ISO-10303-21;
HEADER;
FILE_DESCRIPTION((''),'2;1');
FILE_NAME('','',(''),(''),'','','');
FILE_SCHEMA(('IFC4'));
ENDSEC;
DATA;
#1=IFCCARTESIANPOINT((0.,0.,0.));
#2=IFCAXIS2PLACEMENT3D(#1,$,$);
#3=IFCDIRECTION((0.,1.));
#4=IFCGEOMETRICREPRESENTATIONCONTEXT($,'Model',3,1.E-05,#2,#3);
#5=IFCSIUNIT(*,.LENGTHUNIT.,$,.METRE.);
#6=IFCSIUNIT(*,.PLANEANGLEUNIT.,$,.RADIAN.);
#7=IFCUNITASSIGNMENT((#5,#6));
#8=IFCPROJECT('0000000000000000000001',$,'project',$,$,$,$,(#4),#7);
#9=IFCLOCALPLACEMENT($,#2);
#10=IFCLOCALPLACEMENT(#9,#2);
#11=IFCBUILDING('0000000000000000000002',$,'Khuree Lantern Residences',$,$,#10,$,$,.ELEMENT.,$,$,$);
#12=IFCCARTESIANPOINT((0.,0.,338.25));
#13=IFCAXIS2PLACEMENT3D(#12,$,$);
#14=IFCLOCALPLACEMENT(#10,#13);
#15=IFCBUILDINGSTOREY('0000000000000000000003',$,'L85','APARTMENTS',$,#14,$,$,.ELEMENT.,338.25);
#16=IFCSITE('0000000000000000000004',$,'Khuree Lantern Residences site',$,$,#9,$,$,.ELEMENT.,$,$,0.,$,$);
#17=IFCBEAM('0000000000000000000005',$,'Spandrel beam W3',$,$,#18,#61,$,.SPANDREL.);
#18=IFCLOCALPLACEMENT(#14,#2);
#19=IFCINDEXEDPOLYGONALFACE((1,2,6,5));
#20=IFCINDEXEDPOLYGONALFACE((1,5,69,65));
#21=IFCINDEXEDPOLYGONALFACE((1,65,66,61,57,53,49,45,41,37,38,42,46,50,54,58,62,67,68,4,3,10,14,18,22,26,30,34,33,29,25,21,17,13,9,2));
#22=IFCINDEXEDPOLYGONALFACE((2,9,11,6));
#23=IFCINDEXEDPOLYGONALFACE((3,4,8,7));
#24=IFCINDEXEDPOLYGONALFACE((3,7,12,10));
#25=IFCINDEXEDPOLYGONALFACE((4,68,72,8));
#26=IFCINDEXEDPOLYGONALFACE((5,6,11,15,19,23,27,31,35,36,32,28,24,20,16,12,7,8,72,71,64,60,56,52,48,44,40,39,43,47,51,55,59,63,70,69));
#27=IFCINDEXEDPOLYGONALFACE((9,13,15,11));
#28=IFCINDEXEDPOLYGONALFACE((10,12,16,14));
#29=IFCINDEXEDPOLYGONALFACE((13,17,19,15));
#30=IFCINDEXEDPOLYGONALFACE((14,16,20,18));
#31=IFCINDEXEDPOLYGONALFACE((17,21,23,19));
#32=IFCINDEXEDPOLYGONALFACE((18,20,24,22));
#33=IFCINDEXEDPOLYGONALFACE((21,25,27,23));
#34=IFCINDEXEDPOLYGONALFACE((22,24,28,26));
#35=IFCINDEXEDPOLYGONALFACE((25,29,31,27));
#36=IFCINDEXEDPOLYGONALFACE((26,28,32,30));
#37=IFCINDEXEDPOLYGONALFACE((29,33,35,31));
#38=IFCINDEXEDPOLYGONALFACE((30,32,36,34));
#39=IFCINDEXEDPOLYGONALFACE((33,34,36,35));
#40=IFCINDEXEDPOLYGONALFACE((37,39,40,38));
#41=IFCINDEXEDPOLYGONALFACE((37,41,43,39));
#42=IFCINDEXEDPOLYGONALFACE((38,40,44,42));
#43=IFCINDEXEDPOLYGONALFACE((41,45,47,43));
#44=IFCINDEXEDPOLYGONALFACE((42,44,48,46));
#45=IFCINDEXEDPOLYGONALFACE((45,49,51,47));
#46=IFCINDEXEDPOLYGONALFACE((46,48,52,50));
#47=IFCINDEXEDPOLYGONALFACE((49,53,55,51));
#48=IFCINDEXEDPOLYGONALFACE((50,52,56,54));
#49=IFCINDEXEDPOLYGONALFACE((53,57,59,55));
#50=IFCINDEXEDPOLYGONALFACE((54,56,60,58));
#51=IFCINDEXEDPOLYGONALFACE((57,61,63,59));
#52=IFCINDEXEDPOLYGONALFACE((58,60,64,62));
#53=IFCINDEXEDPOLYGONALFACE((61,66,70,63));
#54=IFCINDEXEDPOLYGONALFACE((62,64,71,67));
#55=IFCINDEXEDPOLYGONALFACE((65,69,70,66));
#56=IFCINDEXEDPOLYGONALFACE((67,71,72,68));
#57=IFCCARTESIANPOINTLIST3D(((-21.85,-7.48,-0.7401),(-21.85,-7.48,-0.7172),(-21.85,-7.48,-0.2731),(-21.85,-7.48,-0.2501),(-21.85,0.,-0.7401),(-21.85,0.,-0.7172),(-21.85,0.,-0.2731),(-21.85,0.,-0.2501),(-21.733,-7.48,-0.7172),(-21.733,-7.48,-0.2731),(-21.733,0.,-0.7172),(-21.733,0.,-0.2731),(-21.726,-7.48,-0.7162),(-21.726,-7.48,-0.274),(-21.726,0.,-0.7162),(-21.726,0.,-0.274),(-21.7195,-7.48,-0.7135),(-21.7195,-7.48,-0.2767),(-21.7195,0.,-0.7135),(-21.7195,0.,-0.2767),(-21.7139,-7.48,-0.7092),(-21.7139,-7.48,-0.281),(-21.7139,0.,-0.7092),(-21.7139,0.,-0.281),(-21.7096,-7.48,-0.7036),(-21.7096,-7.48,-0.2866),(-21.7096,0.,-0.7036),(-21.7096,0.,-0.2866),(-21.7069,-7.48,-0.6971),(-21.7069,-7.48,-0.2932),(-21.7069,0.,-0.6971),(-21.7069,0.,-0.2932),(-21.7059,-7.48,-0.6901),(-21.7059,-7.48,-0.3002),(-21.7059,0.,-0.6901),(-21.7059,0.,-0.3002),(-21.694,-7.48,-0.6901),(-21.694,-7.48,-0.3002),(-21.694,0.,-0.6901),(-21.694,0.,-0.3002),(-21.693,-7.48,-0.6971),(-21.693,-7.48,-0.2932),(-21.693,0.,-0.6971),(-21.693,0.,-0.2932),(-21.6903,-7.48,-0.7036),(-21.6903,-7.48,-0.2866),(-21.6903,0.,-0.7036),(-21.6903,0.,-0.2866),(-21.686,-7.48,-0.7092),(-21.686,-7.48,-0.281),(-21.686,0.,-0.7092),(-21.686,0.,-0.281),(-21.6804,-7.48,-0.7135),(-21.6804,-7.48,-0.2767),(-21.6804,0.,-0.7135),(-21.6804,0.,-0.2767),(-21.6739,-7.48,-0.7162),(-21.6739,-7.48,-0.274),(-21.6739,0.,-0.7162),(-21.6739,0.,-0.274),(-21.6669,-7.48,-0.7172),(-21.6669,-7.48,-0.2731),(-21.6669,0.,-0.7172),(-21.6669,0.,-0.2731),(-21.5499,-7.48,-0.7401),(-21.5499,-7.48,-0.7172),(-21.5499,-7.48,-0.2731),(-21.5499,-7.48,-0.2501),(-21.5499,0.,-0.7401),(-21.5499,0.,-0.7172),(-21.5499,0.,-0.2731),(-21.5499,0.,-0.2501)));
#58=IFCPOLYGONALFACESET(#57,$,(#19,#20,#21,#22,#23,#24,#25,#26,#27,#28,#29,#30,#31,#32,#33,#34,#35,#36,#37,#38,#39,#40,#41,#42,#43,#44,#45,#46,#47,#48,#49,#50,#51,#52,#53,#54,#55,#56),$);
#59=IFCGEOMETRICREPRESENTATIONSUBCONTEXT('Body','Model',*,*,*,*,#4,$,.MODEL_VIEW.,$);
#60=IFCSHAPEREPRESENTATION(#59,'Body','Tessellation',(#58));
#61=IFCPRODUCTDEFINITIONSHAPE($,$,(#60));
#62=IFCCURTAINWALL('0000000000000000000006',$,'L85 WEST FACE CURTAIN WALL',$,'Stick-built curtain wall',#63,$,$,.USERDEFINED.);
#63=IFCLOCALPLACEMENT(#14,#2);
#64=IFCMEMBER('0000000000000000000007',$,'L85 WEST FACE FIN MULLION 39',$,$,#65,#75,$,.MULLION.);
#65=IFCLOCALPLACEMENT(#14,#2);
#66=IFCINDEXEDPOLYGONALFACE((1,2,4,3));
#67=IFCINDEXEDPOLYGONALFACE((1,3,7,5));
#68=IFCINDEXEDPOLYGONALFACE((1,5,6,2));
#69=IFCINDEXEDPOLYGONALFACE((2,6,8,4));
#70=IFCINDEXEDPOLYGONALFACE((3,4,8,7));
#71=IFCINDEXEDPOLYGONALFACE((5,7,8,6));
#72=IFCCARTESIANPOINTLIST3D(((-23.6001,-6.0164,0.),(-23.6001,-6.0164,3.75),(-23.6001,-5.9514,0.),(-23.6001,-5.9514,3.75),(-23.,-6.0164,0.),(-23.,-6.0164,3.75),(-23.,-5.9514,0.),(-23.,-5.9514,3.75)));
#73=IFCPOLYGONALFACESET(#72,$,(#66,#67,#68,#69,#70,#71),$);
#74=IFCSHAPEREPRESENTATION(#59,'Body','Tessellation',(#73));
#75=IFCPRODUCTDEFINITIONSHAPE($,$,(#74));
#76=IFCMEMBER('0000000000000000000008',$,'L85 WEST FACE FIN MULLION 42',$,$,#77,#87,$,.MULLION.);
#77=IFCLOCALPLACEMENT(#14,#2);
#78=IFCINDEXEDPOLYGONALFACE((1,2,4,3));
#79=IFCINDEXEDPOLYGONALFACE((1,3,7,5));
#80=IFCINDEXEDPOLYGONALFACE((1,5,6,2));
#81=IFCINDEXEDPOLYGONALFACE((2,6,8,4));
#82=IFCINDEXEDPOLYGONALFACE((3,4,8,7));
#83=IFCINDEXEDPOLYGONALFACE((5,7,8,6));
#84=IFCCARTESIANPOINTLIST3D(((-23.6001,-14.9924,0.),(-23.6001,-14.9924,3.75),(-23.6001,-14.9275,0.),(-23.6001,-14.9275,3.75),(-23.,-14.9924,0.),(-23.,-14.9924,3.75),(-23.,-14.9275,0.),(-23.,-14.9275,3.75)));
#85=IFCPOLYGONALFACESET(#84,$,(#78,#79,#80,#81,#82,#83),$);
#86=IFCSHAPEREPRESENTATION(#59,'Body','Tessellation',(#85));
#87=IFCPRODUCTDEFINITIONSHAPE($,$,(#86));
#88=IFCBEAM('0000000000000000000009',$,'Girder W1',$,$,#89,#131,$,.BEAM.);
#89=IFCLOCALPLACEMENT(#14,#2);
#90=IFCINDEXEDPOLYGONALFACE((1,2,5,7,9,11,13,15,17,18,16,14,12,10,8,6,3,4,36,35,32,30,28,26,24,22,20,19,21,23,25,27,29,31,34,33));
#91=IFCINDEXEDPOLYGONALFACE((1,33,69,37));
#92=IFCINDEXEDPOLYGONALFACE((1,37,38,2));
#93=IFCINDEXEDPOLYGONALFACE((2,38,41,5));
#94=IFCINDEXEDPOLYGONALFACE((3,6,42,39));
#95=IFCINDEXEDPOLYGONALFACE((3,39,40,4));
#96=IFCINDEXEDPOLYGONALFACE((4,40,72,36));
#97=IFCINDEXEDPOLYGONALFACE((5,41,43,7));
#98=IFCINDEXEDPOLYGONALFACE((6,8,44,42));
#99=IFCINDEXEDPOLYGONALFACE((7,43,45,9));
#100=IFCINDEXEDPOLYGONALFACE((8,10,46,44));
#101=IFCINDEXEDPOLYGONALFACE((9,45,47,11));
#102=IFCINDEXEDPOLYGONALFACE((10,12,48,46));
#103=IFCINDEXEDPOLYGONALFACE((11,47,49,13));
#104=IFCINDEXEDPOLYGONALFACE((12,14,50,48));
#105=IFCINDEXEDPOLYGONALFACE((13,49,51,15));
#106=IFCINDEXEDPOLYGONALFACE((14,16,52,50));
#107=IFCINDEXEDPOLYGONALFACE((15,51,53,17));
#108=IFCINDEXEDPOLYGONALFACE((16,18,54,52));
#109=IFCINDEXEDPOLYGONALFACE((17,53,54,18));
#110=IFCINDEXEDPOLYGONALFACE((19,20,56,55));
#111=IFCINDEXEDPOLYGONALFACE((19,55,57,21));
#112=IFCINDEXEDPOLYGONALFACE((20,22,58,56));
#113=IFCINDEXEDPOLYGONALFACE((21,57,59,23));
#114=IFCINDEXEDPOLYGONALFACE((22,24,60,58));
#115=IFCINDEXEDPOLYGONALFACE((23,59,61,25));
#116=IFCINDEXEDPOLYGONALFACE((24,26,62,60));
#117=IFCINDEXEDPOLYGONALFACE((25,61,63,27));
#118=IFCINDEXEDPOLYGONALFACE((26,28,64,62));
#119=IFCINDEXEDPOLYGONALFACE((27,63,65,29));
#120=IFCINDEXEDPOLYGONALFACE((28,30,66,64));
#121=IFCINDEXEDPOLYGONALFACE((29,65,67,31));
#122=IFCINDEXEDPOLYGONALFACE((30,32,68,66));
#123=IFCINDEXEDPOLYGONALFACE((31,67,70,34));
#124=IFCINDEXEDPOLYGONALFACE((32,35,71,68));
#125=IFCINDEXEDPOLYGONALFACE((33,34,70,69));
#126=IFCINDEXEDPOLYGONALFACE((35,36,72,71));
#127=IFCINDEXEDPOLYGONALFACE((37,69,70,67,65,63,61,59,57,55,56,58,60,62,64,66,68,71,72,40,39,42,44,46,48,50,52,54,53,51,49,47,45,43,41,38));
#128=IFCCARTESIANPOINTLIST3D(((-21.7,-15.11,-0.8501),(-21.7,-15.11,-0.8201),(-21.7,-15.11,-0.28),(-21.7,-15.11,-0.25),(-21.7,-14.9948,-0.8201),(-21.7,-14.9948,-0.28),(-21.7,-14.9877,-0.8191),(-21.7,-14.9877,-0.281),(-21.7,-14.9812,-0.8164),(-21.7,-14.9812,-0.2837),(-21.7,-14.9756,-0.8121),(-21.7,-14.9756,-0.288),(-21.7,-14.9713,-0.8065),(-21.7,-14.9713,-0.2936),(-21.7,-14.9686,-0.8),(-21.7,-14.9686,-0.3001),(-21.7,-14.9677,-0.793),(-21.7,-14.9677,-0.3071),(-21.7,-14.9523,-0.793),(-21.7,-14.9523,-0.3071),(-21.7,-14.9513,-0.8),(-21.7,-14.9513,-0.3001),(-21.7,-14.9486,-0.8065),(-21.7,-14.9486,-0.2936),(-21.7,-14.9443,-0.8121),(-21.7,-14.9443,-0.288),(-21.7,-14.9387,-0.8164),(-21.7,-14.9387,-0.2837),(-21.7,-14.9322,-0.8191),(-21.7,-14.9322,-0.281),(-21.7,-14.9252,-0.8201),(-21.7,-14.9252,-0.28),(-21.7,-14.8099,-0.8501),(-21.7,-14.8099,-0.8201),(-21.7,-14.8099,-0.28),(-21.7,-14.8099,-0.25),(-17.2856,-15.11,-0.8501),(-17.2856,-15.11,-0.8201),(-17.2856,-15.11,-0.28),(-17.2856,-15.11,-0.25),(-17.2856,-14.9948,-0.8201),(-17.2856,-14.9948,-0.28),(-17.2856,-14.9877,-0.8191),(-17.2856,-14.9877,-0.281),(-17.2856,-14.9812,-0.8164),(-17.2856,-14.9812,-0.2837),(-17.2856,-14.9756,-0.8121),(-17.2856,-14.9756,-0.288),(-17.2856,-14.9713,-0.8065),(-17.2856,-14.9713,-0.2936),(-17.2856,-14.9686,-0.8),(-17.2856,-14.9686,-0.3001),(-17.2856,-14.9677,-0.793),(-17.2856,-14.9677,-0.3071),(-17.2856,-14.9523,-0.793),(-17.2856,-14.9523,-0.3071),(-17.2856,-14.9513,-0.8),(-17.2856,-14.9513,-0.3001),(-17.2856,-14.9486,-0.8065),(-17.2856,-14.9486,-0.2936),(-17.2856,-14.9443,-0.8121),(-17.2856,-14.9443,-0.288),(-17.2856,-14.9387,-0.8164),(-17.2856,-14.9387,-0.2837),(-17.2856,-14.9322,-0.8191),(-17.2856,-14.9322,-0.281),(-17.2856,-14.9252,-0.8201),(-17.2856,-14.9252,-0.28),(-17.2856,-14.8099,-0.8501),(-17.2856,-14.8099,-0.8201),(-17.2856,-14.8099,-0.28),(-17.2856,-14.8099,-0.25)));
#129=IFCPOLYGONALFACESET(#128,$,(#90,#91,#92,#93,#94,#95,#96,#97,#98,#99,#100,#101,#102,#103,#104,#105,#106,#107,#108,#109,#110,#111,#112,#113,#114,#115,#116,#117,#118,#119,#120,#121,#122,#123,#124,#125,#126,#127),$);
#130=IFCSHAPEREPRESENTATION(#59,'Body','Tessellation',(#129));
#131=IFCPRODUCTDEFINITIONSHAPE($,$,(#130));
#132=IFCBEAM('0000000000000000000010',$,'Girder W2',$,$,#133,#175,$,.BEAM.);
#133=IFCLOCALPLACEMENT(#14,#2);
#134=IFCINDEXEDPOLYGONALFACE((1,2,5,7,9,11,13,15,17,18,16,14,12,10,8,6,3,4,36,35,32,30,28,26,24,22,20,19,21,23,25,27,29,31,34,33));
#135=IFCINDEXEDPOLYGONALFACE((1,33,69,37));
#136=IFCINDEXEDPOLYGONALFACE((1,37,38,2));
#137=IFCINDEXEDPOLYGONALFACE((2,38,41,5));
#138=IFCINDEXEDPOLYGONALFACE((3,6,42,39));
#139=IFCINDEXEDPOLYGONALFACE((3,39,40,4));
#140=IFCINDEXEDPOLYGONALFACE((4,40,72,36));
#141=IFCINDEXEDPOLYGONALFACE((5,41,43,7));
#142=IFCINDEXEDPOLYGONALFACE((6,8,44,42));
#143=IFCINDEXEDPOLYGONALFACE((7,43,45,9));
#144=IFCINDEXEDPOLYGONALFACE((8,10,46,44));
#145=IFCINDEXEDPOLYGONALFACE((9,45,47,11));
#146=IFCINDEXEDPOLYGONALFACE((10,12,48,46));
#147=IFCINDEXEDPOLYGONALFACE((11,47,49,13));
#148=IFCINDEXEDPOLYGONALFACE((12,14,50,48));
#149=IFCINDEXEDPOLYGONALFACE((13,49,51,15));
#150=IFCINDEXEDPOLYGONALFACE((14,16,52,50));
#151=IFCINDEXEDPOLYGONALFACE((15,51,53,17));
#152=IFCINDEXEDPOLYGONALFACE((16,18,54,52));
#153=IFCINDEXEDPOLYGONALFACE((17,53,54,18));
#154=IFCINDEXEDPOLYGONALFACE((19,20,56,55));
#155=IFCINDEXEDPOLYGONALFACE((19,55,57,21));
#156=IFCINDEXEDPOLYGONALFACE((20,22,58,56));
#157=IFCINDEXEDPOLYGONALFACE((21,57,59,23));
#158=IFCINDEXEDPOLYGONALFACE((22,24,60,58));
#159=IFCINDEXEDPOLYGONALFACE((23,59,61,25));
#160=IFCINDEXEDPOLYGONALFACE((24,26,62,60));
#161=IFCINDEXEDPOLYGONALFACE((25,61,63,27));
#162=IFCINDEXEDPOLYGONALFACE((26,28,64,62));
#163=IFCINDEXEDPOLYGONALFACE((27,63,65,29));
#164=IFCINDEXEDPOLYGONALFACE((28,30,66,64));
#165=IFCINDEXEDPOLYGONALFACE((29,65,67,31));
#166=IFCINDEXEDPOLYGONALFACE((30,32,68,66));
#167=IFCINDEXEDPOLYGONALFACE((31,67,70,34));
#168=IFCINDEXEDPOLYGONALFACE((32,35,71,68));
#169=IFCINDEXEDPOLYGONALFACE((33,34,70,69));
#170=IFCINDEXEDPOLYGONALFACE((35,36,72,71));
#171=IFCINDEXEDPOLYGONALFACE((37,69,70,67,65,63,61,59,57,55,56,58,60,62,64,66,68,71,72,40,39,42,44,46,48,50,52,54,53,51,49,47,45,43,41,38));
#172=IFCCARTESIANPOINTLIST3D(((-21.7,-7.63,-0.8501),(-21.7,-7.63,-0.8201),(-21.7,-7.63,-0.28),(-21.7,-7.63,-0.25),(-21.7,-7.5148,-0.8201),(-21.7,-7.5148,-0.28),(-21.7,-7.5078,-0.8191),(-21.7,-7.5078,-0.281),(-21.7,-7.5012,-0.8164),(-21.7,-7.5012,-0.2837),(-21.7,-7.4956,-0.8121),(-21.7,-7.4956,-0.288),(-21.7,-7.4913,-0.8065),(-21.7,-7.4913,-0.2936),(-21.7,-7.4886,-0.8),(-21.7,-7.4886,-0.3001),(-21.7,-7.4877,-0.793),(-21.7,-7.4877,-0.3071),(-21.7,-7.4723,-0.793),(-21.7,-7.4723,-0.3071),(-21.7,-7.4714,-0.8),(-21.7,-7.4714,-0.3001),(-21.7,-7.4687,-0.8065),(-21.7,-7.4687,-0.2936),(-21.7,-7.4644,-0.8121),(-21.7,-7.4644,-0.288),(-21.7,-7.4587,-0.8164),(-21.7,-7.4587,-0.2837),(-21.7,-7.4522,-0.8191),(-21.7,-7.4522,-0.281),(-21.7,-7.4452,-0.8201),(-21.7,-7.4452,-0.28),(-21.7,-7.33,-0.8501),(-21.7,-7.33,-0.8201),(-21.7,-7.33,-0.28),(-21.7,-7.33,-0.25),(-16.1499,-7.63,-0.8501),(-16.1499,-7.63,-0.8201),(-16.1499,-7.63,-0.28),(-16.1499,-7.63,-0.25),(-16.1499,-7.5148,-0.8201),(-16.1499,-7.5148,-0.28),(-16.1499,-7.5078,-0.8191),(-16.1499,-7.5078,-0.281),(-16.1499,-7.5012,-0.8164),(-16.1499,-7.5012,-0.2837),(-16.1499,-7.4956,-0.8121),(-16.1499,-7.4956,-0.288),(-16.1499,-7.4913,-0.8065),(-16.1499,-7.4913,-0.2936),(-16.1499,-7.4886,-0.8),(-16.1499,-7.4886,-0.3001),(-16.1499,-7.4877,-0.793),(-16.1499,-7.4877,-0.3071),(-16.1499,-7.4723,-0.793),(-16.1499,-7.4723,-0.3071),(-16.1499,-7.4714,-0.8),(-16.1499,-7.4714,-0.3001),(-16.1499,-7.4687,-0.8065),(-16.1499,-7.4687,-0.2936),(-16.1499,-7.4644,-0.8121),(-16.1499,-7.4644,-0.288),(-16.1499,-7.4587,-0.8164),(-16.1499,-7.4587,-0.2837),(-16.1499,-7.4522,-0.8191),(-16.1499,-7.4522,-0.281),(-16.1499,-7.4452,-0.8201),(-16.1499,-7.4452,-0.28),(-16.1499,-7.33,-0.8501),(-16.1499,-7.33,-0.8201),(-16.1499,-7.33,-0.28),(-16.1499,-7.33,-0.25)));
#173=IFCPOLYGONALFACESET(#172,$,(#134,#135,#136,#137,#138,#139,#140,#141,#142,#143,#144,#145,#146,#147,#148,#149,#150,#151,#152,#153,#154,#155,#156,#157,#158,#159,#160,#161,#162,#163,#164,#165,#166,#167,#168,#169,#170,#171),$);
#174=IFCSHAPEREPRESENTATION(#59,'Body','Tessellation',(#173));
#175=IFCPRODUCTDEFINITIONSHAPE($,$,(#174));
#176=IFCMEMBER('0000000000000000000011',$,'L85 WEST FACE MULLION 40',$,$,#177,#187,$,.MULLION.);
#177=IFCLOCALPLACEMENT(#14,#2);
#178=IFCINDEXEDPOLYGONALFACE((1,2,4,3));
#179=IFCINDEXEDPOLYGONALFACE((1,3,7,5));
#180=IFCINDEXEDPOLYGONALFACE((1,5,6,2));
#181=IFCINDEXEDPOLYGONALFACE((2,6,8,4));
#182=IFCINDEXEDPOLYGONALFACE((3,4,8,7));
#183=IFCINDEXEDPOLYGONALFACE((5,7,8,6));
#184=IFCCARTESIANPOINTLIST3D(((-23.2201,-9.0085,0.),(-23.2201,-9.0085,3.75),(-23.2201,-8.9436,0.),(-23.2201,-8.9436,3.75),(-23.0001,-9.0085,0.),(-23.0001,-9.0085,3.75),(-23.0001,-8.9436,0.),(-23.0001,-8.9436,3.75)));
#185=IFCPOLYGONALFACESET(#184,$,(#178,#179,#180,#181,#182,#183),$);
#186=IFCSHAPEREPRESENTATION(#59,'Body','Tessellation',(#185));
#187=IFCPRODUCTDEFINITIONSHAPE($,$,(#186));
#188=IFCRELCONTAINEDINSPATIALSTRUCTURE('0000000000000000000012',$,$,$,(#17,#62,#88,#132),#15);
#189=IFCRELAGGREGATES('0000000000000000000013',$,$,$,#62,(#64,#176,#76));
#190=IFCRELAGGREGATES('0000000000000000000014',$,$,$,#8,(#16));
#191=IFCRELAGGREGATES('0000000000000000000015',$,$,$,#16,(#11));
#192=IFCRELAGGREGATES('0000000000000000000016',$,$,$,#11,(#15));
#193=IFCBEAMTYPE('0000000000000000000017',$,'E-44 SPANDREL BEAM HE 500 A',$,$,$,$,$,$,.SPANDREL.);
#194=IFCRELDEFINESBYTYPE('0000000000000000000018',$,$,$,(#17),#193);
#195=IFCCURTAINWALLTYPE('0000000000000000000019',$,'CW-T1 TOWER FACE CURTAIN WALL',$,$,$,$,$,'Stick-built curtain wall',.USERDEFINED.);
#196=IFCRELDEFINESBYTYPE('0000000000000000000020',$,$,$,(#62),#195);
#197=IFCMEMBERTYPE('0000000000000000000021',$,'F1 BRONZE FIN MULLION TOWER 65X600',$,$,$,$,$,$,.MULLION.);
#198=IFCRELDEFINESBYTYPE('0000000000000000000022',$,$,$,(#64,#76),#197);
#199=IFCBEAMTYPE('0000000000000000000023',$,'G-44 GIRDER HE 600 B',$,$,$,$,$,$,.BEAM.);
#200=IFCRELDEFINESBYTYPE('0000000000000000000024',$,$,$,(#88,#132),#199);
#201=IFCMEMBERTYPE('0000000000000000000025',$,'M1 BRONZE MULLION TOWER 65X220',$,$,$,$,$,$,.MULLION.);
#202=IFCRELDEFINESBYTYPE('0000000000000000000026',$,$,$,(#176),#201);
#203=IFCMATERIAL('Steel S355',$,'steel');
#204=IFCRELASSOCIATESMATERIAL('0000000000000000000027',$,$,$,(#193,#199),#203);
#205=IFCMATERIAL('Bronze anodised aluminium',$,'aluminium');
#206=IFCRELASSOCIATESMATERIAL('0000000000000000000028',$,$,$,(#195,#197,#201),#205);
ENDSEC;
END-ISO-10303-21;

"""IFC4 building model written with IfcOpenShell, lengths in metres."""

from ifc_helpers import new_model, si_unit, direction, frame, origin, origin_2d, place, context, subcontext, project, spatial, rectangle, i_section, extrude, material, material_profile, profile_set, type_object, element, aggregate, save


model = new_model("IFC4")

# Units and contexts
model_context = context("Model", 3, precision=1e-05, world=origin(), true_north=direction((0.0, 1.0)))
body_context = subcontext(model_context, "Body", "Model", "MODEL_VIEW")
ifc_project = project(units=[si_unit("LENGTHUNIT", "METRE"), si_unit("PLANEANGLEUNIT", "RADIAN")], contexts=[model_context])

# Site, building, storey
site_placement = place(None, origin())
site = spatial("IfcSite", under=ifc_project, at=site_placement, Name="Khuree Lantern Residences site", CompositionType="ELEMENT", RefElevation=0.0)
building_placement = place(site_placement, origin())
building = spatial("IfcBuilding", under=site, at=building_placement, Name="Khuree Lantern Residences", CompositionType="ELEMENT")
storey_placement = place(building_placement, frame((0.0, 0.0, 338.25)))
storey = spatial("IfcBuildingStorey", under=building, at=storey_placement, Name="L85", Description="APARTMENTS", CompositionType="ELEMENT", Elevation=338.25)

# Beam
ifc_material_1 = material(Name="Steel S355", Category="steel")
ifc_material_profile_1 = material_profile(ifc_material_1, i_section(OverallWidth=0.3, OverallDepth=0.49, WebThickness=0.012, FlangeThickness=0.0229, FilletRadius=0.0271, at=origin_2d()), Name="HE 500 A")
ifc_profile_set_1 = profile_set([ifc_material_profile_1], Name="Steel S355")
beam_type_1 = type_object("IfcBeamType", Name="E-44 SPANDREL BEAM HE 500 A", PredefinedType="SPANDREL", material=ifc_profile_set_1)
for number, where, z_axis, x_axis, name in (
    (1, (-21.7, -7.48, -0.4951), (0.0, 1.0, 0.0), (-1.0, 0.0, 0.0), "Spandrel beam W3"),
):
    element("IfcBeam", number, at=place(storey_placement, frame(where, z_axis=z_axis, x_axis=x_axis)), inside=storey, type_object=beam_type_1, Name=name, PredefinedType="SPANDREL", context=body_context, shape_type="SweptSolid", body=[
        extrude(i_section(OverallWidth=0.3, OverallDepth=0.49, WebThickness=0.012, FlangeThickness=0.0229, FilletRadius=0.0271, at=origin_2d()), origin(), (0.0, 0.0, 1.0), 7.48),
    ])

# Curtain wall, members
ifc_material_2 = material(Name="Bronze anodised aluminium", Category="aluminium")
curtain_wall_type = type_object("IfcCurtainWallType", Name="CW-T1 TOWER FACE CURTAIN WALL", ElementType="Stick-built curtain wall", PredefinedType="USERDEFINED", material=ifc_material_2)
curtain_wall_placement = place(storey_placement, origin())
curtain_wall = element("IfcCurtainWall", 2, at=curtain_wall_placement, inside=storey, type_object=curtain_wall_type, Name="L85 WEST FACE CURTAIN WALL", ObjectType="Stick-built curtain wall", PredefinedType="USERDEFINED")
ifc_material_profile_2 = material_profile(ifc_material_2, rectangle(XDim=0.0649, YDim=0.6001, at=origin_2d()), Name="F1 65X600")
ifc_profile_set_2 = profile_set([ifc_material_profile_2], Name="Bronze anodised aluminium")
member_type_1 = type_object("IfcMemberType", Name="F1 BRONZE FIN MULLION TOWER 65X600", PredefinedType="MULLION", material=ifc_profile_set_2)
member_1_placement = place(storey_placement, frame((-23.3, -5.9839, 0.0), z_axis=(0.0, 0.0, 1.0), x_axis=(0.0, -1.0, 0.0)))
member_1 = element("IfcMember", 3, at=member_1_placement, type_object=member_type_1, Name="L85 WEST FACE FIN MULLION 39", PredefinedType="MULLION", context=body_context, shape_type="SweptSolid", body=[
    extrude(rectangle(XDim=0.0649, YDim=0.6001, at=origin_2d()), origin(), (0.0, 0.0, 1.0), 3.75),
])
member_2_placement = place(storey_placement, frame((-23.3, -14.96, 0.0), z_axis=(0.0, 0.0, 1.0), x_axis=(0.0, -1.0, 0.0)))
member_2 = element("IfcMember", 4, at=member_2_placement, type_object=member_type_1, Name="L85 WEST FACE FIN MULLION 42", PredefinedType="MULLION", context=body_context, shape_type="SweptSolid", body=[
    extrude(rectangle(XDim=0.0649, YDim=0.6001, at=origin_2d()), origin(), (0.0, 0.0, 1.0), 3.75),
])

# Beams
ifc_material_profile_3 = material_profile(ifc_material_1, i_section(OverallWidth=0.3, OverallDepth=0.6001, WebThickness=0.0154, FlangeThickness=0.03, FilletRadius=0.0271, at=origin_2d()), Name="HE 600 B")
ifc_profile_set_3 = profile_set([ifc_material_profile_3], Name="Steel S355")
beam_type_2 = type_object("IfcBeamType", Name="G-44 GIRDER HE 600 B", PredefinedType="BEAM", material=ifc_profile_set_3)
beam_1_placement = place(storey_placement, frame((-21.7, -14.96, -0.55), z_axis=(1.0, 0.0, 0.0), x_axis=(0.0, 1.0, 0.0)))
element("IfcBeam", 5, at=beam_1_placement, inside=storey, type_object=beam_type_2, Name="Girder W1", PredefinedType="BEAM", context=body_context, shape_type="SweptSolid", body=[
    extrude(i_section(OverallWidth=0.3, OverallDepth=0.6001, WebThickness=0.0154, FlangeThickness=0.03, FilletRadius=0.0271, at=origin_2d()), origin(), (0.0, 0.0, 1.0), 4.4143),
])
beam_2_placement = place(storey_placement, frame((-21.7, -7.48, -0.55), z_axis=(1.0, 0.0, 0.0), x_axis=(0.0, 1.0, 0.0)))
element("IfcBeam", 6, at=beam_2_placement, inside=storey, type_object=beam_type_2, Name="Girder W2", PredefinedType="BEAM", context=body_context, shape_type="SweptSolid", body=[
    extrude(i_section(OverallWidth=0.3, OverallDepth=0.6001, WebThickness=0.0154, FlangeThickness=0.03, FilletRadius=0.0271, at=origin_2d()), origin(), (0.0, 0.0, 1.0), 5.55),
])

# Member
ifc_material_profile_4 = material_profile(ifc_material_2, rectangle(XDim=0.0649, YDim=0.22, at=origin_2d()), Name="M1 65X220")
ifc_profile_set_4 = profile_set([ifc_material_profile_4], Name="Bronze anodised aluminium")
member_type_2 = type_object("IfcMemberType", Name="M1 BRONZE MULLION TOWER 65X220", PredefinedType="MULLION", material=ifc_profile_set_4)
member_3_placement = place(storey_placement, frame((-23.1101, -8.9761, 0.0), z_axis=(0.0, 0.0, 1.0), x_axis=(0.0, -1.0, 0.0)))
member_3 = element("IfcMember", 7, at=member_3_placement, type_object=member_type_2, Name="L85 WEST FACE MULLION 40", PredefinedType="MULLION", context=body_context, shape_type="SweptSolid", body=[
    extrude(rectangle(XDim=0.0649, YDim=0.22, at=origin_2d()), origin(), (0.0, 0.0, 1.0), 3.75),
])

aggregate(curtain_wall, [member_1, member_3, member_2])

save(model, "model.ifc")
